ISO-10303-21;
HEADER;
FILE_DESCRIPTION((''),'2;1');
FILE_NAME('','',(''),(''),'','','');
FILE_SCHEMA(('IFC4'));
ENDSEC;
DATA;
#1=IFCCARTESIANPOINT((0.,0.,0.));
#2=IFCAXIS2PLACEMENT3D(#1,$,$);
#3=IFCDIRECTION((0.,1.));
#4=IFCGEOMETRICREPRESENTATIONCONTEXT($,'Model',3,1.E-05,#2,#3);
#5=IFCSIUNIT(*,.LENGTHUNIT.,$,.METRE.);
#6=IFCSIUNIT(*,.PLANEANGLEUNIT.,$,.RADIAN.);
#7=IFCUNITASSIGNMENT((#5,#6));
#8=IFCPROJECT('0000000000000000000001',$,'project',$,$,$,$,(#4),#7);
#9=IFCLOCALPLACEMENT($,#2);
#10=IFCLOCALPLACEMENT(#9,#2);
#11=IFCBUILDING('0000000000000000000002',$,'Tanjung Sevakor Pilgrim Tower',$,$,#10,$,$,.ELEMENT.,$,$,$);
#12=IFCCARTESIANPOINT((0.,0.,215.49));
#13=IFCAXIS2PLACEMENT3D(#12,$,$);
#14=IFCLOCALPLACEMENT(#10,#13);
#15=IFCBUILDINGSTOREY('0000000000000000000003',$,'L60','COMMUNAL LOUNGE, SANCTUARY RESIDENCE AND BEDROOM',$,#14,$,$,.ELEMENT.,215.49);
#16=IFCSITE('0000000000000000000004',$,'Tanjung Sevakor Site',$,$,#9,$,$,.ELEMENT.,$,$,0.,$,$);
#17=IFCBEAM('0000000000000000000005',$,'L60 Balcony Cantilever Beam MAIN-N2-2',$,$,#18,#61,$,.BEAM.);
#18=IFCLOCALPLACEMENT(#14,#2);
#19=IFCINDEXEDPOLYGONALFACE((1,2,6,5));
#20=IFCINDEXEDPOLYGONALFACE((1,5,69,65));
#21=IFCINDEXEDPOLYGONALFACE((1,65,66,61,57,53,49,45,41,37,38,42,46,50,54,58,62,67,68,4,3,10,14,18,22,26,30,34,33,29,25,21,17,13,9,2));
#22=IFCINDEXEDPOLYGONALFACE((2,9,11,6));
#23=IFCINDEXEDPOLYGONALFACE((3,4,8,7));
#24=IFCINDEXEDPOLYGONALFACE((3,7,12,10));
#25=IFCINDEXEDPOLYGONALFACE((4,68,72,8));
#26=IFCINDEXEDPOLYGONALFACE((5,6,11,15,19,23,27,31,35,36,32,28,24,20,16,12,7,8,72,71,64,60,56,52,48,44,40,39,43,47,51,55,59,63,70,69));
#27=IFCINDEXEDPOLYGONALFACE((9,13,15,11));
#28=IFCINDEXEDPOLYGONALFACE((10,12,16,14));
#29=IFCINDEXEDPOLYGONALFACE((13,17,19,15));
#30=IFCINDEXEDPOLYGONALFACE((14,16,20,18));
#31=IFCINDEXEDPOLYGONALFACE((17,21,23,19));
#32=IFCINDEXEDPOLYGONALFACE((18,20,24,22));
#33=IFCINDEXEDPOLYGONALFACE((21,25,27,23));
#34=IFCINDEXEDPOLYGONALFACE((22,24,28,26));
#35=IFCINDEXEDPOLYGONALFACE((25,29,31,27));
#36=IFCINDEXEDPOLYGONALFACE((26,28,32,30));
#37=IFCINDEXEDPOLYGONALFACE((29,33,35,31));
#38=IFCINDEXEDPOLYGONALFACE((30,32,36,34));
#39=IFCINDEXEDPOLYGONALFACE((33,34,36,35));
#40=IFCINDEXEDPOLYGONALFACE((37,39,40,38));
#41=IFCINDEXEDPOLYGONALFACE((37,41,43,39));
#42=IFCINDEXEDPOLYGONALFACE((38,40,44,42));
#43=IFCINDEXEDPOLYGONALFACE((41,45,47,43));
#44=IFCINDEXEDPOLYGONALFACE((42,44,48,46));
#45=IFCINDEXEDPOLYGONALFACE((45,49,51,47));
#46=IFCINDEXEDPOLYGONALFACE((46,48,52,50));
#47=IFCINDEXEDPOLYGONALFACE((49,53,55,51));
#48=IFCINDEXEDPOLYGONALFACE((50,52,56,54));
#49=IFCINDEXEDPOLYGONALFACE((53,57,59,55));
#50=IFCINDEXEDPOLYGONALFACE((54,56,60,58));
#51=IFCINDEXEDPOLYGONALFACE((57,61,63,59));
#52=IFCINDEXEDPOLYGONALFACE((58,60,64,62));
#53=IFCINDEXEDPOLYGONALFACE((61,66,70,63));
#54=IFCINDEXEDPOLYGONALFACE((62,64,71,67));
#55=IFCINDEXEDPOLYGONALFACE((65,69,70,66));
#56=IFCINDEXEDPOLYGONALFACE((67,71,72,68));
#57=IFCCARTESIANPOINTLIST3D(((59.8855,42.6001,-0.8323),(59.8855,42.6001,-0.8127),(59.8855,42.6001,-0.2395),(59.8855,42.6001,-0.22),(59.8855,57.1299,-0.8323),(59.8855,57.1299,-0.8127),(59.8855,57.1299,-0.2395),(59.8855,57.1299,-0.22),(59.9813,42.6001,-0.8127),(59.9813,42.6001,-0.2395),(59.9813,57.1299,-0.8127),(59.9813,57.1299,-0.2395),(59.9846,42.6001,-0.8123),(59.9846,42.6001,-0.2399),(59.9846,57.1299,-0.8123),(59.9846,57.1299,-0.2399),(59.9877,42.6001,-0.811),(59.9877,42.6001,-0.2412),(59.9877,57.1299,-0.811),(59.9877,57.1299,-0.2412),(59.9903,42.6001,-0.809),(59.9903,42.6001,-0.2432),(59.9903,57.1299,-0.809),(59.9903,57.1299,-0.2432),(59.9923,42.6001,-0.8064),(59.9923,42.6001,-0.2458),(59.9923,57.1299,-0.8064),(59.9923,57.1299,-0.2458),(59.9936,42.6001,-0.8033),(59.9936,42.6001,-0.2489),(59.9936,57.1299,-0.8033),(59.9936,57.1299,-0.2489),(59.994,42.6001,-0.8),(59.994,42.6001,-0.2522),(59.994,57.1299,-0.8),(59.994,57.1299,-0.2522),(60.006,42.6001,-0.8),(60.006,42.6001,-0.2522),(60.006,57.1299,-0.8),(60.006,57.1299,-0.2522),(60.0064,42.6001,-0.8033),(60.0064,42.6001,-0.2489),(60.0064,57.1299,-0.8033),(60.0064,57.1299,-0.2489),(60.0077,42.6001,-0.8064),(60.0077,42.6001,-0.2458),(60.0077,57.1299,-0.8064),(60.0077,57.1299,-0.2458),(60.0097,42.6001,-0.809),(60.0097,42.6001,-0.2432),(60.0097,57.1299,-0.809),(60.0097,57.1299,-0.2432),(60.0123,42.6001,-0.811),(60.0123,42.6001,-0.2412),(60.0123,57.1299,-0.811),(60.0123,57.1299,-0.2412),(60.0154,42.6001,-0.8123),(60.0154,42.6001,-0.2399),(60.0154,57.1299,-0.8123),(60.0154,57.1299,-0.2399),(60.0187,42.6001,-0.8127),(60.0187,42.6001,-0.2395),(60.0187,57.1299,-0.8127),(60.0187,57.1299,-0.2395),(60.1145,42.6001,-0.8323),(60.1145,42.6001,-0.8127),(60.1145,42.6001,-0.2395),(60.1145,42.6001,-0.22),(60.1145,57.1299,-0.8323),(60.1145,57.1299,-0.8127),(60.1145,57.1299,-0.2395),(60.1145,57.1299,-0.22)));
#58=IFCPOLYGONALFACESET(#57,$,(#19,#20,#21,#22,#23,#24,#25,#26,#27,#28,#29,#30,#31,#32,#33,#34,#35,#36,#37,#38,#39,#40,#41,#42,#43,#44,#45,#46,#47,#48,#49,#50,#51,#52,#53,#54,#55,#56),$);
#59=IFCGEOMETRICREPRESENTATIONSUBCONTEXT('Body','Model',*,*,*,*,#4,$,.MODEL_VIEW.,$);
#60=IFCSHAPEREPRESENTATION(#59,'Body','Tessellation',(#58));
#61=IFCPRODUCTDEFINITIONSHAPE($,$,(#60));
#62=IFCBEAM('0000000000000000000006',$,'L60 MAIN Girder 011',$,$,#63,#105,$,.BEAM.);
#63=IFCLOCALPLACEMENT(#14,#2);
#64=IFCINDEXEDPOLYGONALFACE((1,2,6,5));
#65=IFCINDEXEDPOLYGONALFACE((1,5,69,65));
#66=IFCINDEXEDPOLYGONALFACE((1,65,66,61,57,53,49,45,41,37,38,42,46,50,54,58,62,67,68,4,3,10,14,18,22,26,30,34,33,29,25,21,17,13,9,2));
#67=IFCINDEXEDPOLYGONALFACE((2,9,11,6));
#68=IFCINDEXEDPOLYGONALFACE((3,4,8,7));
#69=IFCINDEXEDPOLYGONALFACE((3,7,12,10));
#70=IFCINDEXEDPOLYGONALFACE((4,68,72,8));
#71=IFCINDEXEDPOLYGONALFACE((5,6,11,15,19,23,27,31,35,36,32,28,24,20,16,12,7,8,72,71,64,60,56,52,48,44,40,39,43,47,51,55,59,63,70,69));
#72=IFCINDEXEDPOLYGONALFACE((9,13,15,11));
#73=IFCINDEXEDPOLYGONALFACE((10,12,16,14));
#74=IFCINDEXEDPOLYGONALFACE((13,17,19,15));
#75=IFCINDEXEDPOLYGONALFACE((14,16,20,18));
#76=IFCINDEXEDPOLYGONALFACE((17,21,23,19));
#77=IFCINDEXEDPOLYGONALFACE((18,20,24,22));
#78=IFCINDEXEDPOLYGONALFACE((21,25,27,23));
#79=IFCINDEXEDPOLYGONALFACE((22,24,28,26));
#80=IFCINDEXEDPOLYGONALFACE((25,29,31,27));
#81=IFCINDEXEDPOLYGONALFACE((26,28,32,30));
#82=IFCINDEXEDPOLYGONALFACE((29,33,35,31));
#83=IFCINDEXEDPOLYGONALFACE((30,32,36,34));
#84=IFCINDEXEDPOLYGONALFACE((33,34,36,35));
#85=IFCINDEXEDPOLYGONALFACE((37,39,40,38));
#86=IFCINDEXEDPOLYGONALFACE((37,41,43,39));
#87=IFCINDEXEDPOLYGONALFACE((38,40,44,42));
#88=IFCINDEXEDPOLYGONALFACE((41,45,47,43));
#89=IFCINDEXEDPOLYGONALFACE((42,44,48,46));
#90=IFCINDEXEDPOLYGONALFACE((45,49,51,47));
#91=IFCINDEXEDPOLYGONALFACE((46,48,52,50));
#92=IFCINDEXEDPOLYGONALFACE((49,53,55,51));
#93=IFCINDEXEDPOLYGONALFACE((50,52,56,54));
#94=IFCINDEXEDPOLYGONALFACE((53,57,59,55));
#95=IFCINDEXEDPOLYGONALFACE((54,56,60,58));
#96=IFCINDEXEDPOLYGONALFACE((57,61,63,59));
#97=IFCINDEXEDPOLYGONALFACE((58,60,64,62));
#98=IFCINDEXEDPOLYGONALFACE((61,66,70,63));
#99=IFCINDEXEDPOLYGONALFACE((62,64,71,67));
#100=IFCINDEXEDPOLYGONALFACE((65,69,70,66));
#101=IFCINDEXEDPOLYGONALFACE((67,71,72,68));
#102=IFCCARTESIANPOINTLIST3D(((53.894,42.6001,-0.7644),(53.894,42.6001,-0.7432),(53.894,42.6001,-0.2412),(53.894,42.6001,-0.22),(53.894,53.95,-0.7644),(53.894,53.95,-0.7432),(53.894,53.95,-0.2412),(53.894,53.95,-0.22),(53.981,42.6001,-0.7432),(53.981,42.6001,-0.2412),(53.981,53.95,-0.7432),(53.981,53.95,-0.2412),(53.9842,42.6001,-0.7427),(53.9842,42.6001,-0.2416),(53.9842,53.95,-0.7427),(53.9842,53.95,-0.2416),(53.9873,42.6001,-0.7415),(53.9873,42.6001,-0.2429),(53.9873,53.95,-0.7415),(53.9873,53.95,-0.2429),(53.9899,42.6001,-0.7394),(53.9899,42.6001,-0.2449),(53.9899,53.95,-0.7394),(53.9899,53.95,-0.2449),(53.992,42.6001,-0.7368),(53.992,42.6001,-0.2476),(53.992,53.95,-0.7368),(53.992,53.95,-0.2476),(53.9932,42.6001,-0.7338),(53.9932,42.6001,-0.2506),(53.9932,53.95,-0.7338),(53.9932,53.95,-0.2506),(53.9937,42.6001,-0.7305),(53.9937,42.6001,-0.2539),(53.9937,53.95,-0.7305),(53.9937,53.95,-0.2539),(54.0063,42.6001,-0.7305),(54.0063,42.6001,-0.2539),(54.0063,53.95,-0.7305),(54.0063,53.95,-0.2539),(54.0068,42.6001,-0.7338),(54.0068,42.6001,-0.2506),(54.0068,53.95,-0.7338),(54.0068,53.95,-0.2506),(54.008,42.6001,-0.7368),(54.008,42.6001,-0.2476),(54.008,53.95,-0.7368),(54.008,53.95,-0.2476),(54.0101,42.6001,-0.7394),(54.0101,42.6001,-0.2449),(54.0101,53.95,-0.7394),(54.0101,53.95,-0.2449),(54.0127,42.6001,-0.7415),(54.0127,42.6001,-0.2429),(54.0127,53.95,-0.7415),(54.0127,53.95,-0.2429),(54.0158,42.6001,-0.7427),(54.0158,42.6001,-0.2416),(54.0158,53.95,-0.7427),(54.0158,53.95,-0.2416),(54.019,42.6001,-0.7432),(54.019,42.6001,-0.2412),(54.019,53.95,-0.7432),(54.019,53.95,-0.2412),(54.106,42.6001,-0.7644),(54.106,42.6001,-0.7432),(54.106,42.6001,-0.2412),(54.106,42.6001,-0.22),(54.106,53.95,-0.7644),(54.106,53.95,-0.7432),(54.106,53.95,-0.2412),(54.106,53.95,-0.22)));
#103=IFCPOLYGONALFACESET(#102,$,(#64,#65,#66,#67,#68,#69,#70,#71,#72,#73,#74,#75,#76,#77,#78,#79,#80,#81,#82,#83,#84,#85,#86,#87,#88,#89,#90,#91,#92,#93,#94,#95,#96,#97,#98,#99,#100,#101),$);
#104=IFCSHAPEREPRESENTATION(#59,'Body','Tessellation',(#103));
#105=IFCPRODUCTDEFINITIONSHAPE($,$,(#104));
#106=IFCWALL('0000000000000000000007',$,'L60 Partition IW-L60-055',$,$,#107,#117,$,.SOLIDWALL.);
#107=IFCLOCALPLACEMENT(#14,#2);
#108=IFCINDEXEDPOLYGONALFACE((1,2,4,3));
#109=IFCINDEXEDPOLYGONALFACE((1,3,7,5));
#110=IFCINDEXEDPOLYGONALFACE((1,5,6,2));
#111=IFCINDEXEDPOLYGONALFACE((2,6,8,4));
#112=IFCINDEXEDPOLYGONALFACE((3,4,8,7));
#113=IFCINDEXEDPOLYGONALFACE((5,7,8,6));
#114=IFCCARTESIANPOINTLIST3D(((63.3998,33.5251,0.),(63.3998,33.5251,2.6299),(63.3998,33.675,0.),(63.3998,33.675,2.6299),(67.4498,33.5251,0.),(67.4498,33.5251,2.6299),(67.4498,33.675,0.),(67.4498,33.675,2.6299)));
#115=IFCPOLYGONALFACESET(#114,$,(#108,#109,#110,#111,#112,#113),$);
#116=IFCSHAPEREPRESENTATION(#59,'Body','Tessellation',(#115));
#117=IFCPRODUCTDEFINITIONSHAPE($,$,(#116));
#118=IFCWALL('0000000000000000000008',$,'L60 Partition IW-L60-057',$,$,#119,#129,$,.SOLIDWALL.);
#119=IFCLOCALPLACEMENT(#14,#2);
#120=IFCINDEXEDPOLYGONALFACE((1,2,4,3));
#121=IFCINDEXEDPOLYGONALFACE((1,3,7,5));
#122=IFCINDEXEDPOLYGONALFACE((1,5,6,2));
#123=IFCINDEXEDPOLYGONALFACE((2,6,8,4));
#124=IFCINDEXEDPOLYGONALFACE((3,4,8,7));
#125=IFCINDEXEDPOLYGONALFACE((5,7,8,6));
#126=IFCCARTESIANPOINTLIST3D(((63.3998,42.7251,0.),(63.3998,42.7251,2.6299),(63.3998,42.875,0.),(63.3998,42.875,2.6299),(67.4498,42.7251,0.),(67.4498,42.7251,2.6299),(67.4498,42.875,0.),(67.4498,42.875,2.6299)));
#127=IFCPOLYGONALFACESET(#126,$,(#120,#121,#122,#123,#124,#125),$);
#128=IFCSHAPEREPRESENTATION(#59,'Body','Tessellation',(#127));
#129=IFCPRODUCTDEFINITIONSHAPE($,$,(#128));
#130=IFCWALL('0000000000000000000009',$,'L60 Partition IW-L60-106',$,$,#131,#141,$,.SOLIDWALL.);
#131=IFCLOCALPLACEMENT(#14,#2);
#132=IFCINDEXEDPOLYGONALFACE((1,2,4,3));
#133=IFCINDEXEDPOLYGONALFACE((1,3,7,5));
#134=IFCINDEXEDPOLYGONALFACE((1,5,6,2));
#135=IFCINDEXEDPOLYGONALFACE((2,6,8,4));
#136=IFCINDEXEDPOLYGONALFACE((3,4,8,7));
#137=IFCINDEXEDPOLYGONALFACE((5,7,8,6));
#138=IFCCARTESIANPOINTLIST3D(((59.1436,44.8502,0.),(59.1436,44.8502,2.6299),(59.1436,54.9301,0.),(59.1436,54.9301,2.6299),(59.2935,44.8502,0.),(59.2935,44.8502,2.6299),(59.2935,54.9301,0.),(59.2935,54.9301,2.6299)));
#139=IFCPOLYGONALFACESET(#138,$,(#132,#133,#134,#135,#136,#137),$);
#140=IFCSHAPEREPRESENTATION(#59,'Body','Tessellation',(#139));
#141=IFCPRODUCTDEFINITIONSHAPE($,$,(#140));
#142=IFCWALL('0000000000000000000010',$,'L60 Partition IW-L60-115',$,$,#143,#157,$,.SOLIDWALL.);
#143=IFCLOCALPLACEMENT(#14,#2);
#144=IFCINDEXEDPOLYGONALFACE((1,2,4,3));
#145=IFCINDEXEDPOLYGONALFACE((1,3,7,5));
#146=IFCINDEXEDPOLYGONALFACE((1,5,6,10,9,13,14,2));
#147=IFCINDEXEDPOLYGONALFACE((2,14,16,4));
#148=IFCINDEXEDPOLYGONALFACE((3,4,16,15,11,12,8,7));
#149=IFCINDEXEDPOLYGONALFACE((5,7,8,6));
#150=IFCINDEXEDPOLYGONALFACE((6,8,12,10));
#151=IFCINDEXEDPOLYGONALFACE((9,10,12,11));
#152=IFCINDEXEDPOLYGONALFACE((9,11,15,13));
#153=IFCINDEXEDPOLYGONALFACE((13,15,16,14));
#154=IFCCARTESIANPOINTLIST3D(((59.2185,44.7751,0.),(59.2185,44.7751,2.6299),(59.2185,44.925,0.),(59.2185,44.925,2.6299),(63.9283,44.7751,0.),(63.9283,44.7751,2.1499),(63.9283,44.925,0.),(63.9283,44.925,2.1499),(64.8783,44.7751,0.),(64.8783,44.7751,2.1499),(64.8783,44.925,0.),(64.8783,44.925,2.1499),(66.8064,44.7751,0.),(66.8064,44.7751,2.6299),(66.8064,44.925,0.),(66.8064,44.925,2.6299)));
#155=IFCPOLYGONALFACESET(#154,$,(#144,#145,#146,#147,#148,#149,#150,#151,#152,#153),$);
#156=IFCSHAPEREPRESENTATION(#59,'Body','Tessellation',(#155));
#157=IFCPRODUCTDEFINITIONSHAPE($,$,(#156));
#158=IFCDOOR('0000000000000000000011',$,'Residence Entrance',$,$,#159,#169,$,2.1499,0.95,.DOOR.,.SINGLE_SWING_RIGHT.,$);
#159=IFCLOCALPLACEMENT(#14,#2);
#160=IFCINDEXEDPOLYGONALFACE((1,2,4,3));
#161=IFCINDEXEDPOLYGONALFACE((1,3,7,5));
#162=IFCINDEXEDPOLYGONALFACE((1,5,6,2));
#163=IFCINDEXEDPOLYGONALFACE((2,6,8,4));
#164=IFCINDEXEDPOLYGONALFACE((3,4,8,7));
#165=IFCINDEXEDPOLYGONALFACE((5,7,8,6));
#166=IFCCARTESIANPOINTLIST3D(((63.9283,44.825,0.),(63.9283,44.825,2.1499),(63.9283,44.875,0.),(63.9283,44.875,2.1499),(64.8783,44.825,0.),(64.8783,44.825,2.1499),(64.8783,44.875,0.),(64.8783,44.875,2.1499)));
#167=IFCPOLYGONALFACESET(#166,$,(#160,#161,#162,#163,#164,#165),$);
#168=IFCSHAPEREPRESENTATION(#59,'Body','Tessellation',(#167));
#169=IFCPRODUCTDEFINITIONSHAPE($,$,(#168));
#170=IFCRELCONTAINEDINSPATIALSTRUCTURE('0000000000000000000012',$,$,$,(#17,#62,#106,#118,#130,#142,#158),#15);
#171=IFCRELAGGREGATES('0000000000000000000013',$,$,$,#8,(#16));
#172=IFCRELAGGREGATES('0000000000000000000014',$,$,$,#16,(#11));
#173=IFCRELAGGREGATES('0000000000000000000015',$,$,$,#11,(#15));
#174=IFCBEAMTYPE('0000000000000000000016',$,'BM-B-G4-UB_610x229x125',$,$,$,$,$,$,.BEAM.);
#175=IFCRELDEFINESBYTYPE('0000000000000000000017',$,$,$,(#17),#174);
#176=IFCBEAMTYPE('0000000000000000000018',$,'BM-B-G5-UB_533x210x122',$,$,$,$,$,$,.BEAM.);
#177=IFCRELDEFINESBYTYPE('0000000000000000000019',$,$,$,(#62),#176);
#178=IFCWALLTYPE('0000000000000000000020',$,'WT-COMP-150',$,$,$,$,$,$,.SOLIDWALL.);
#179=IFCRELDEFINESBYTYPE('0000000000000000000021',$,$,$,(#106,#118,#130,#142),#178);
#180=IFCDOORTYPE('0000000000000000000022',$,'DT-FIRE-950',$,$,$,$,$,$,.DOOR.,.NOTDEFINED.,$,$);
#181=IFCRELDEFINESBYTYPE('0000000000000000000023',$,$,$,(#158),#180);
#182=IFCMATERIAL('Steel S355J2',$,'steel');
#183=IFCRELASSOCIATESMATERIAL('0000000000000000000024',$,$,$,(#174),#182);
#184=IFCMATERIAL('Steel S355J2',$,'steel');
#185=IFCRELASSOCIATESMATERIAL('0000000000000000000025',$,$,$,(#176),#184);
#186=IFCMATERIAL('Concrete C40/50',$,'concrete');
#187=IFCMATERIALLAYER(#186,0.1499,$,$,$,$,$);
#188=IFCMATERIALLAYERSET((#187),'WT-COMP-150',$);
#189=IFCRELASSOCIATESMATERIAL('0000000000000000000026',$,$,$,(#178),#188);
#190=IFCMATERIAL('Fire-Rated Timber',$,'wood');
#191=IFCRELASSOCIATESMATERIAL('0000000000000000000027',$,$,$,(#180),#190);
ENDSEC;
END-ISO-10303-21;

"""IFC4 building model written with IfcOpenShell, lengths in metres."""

from ifc_helpers import new_model, si_unit, direction, frame, frame_2d, origin, origin_2d, place, context, subcontext, project, spatial, rectangle, i_section, extrude, material, layer, layer_set, material_profile, profile_set, type_object, element, fill, save


model = new_model("IFC4")

# Units and contexts
model_context = context("Model", 3, precision=1e-05, world=origin(), true_north=direction((0.0, 1.0)))
body_context = subcontext(model_context, "Body", "Model", "MODEL_VIEW")
ifc_project = project(units=[si_unit("LENGTHUNIT", "METRE"), si_unit("PLANEANGLEUNIT", "RADIAN")], contexts=[model_context])

# Site, building, storey
site_placement = place(None, origin())
site = spatial("IfcSite", under=ifc_project, at=site_placement, Name="Tanjung Sevakor Site", CompositionType="ELEMENT", RefElevation=0.0)
building_placement = place(site_placement, origin())
building = spatial("IfcBuilding", under=site, at=building_placement, Name="Tanjung Sevakor Pilgrim Tower", CompositionType="ELEMENT")
storey_placement = place(building_placement, frame((0.0, 0.0, 215.49)))
storey = spatial("IfcBuildingStorey", under=building, at=storey_placement, Name="L60", Description="COMMUNAL LOUNGE, SANCTUARY RESIDENCE AND BEDROOM", CompositionType="ELEMENT", Elevation=215.49)

# Beams
ifc_material_1 = material(Name="Steel S355J2", Category="steel")
ifc_material_profile_1 = material_profile(ifc_material_1, i_section(OverallWidth=0.229, OverallDepth=0.6123, WebThickness=0.012, FlangeThickness=0.0195, FilletRadius=0.0127, at=origin_2d()))
ifc_profile_set_1 = profile_set([ifc_material_profile_1], Name="Steel S355J2")
beam_type_1 = type_object("IfcBeamType", Name="BM-B-G4-UB_610x229x125", PredefinedType="BEAM", material=ifc_profile_set_1)
beam_1_placement = place(storey_placement, frame((60.0, 42.6001, -0.5261), z_axis=(0.0, 1.0, 0.0), x_axis=(-1.0, 0.0, 0.0)))
element("IfcBeam", 1, at=beam_1_placement, inside=storey, type_object=beam_type_1, Name="L60 Balcony Cantilever Beam MAIN-N2-2", PredefinedType="BEAM", context=body_context, shape_type="SweptSolid", body=[
    extrude(i_section(OverallWidth=0.229, OverallDepth=0.6123, WebThickness=0.012, FlangeThickness=0.0195, FilletRadius=0.0127, at=origin_2d()), origin(), (0.0, 0.0, 1.0), 14.5298),
])
ifc_material_2 = material(Name="Steel S355J2", Category="steel")
ifc_material_profile_2 = material_profile(ifc_material_2, i_section(OverallWidth=0.2119, OverallDepth=0.5444, WebThickness=0.0127, FlangeThickness=0.0212, FilletRadius=0.0127, at=origin_2d()))
ifc_profile_set_2 = profile_set([ifc_material_profile_2], Name="Steel S355J2")
beam_type_2 = type_object("IfcBeamType", Name="BM-B-G5-UB_533x210x122", PredefinedType="BEAM", material=ifc_profile_set_2)
beam_2_placement = place(storey_placement, frame((54.0, 42.6001, -0.4922), z_axis=(0.0, 1.0, 0.0), x_axis=(-1.0, 0.0, 0.0)))
element("IfcBeam", 2, at=beam_2_placement, inside=storey, type_object=beam_type_2, Name="L60 MAIN Girder 011", PredefinedType="BEAM", context=body_context, shape_type="SweptSolid", body=[
    extrude(i_section(OverallWidth=0.2119, OverallDepth=0.5444, WebThickness=0.0127, FlangeThickness=0.0212, FilletRadius=0.0127, at=origin_2d()), origin(), (0.0, 0.0, 1.0), 11.3499),
])

# Walls
ifc_material_3 = material(Name="Concrete C40/50", Category="concrete")
ifc_layer_1 = layer(ifc_material_3, 0.1499)
ifc_layer_set_1 = layer_set([ifc_layer_1], Name="WT-COMP-150")
wall_type_1 = type_object("IfcWallType", Name="WT-COMP-150", PredefinedType="SOLIDWALL", material=ifc_layer_set_1)
for number, where, z_axis, x_axis, name in (
    (3, (63.3999, 33.6001, 0.0), (0.0, 0.0, 1.0), (1.0, 0.0, 0.0), "L60 Partition IW-L60-055"),
    (4, (63.3999, 42.8, 0.0), (0.0, 0.0, 1.0), (1.0, 0.0, 0.0), "L60 Partition IW-L60-057"),
):
    element("IfcWall", number, at=place(storey_placement, frame(where, z_axis=z_axis, x_axis=x_axis)), inside=storey, type_object=wall_type_1, Name=name, PredefinedType="SOLIDWALL", context=body_context, shape_type="SweptSolid", body=[
        extrude(rectangle(XDim=4.05, YDim=0.1499, at=frame_2d((2.0249, 0.0))), origin(), (0.0, 0.0, 1.0), 2.6299),
    ])
wall_1_placement = place(storey_placement, frame((59.2185, 44.8501, 0.0), z_axis=(0.0, 0.0, 1.0), x_axis=(0.0, 1.0, 0.0)))
element("IfcWall", 5, at=wall_1_placement, inside=storey, type_object=wall_type_1, Name="L60 Partition IW-L60-106", PredefinedType="SOLIDWALL", context=body_context, shape_type="SweptSolid", body=[
    extrude(rectangle(XDim=10.0798, YDim=0.1499, at=frame_2d((5.04, 0.0))), origin(), (0.0, 0.0, 1.0), 2.6299),
])

# Wall, opening, door
wall_2_placement = place(storey_placement, frame((59.2185, 44.8501, 0.0), z_axis=(0.0, 0.0, 1.0), x_axis=(1.0, 0.0, 0.0)))
wall_2 = element("IfcWall", 6, at=wall_2_placement, inside=storey, type_object=wall_type_1, Name="L60 Partition IW-L60-115", PredefinedType="SOLIDWALL", context=body_context, shape_type="SweptSolid", body=[
    extrude(rectangle(XDim=7.5879, YDim=0.1499, at=frame_2d((3.7939, 0.0))), origin(), (0.0, 0.0, 1.0), 2.6299),
])
opening_1_placement = place(wall_2_placement, frame((4.7097, 0.0, 0.0)))
opening_1 = element("IfcOpeningElement", 7, at=opening_1_placement, cuts=wall_2, PredefinedType="OPENING", context=body_context, shape_type="SweptSolid", body=[
    extrude(rectangle(XDim=0.95, YDim=2.1499, at=frame_2d((0.4751, 1.075))), frame((0.0, 0.085, 0.0), z_axis=(0.0, -1.0, 0.0), x_axis=(1.0, 0.0, 0.0)), (0.0, 0.0, 1.0), 0.1699),
])
ifc_material_4 = material(Name="Fire-Rated Timber", Category="wood")
door_type_1 = type_object("IfcDoorType", Name="DT-FIRE-950", OperationType="NOTDEFINED", PredefinedType="DOOR", material=ifc_material_4)
door_1_placement = place(opening_1_placement, origin())
door_1 = element("IfcDoor", 8, at=door_1_placement, inside=storey, type_object=door_type_1, Name="Residence Entrance", OperationType="SINGLE_SWING_RIGHT", OverallHeight=2.1499, OverallWidth=0.95, PredefinedType="DOOR", context=body_context, shape_type="SweptSolid", body=[
    extrude(rectangle(XDim=0.95, YDim=2.1499, at=frame_2d((0.4751, 1.075))), frame((0.0, 0.0249, 0.0), z_axis=(0.0, -1.0, 0.0), x_axis=(1.0, 0.0, 0.0)), (0.0, 0.0, 1.0), 0.05),
])
fill(opening_1, door_1)

save(model, "model.ifc")
